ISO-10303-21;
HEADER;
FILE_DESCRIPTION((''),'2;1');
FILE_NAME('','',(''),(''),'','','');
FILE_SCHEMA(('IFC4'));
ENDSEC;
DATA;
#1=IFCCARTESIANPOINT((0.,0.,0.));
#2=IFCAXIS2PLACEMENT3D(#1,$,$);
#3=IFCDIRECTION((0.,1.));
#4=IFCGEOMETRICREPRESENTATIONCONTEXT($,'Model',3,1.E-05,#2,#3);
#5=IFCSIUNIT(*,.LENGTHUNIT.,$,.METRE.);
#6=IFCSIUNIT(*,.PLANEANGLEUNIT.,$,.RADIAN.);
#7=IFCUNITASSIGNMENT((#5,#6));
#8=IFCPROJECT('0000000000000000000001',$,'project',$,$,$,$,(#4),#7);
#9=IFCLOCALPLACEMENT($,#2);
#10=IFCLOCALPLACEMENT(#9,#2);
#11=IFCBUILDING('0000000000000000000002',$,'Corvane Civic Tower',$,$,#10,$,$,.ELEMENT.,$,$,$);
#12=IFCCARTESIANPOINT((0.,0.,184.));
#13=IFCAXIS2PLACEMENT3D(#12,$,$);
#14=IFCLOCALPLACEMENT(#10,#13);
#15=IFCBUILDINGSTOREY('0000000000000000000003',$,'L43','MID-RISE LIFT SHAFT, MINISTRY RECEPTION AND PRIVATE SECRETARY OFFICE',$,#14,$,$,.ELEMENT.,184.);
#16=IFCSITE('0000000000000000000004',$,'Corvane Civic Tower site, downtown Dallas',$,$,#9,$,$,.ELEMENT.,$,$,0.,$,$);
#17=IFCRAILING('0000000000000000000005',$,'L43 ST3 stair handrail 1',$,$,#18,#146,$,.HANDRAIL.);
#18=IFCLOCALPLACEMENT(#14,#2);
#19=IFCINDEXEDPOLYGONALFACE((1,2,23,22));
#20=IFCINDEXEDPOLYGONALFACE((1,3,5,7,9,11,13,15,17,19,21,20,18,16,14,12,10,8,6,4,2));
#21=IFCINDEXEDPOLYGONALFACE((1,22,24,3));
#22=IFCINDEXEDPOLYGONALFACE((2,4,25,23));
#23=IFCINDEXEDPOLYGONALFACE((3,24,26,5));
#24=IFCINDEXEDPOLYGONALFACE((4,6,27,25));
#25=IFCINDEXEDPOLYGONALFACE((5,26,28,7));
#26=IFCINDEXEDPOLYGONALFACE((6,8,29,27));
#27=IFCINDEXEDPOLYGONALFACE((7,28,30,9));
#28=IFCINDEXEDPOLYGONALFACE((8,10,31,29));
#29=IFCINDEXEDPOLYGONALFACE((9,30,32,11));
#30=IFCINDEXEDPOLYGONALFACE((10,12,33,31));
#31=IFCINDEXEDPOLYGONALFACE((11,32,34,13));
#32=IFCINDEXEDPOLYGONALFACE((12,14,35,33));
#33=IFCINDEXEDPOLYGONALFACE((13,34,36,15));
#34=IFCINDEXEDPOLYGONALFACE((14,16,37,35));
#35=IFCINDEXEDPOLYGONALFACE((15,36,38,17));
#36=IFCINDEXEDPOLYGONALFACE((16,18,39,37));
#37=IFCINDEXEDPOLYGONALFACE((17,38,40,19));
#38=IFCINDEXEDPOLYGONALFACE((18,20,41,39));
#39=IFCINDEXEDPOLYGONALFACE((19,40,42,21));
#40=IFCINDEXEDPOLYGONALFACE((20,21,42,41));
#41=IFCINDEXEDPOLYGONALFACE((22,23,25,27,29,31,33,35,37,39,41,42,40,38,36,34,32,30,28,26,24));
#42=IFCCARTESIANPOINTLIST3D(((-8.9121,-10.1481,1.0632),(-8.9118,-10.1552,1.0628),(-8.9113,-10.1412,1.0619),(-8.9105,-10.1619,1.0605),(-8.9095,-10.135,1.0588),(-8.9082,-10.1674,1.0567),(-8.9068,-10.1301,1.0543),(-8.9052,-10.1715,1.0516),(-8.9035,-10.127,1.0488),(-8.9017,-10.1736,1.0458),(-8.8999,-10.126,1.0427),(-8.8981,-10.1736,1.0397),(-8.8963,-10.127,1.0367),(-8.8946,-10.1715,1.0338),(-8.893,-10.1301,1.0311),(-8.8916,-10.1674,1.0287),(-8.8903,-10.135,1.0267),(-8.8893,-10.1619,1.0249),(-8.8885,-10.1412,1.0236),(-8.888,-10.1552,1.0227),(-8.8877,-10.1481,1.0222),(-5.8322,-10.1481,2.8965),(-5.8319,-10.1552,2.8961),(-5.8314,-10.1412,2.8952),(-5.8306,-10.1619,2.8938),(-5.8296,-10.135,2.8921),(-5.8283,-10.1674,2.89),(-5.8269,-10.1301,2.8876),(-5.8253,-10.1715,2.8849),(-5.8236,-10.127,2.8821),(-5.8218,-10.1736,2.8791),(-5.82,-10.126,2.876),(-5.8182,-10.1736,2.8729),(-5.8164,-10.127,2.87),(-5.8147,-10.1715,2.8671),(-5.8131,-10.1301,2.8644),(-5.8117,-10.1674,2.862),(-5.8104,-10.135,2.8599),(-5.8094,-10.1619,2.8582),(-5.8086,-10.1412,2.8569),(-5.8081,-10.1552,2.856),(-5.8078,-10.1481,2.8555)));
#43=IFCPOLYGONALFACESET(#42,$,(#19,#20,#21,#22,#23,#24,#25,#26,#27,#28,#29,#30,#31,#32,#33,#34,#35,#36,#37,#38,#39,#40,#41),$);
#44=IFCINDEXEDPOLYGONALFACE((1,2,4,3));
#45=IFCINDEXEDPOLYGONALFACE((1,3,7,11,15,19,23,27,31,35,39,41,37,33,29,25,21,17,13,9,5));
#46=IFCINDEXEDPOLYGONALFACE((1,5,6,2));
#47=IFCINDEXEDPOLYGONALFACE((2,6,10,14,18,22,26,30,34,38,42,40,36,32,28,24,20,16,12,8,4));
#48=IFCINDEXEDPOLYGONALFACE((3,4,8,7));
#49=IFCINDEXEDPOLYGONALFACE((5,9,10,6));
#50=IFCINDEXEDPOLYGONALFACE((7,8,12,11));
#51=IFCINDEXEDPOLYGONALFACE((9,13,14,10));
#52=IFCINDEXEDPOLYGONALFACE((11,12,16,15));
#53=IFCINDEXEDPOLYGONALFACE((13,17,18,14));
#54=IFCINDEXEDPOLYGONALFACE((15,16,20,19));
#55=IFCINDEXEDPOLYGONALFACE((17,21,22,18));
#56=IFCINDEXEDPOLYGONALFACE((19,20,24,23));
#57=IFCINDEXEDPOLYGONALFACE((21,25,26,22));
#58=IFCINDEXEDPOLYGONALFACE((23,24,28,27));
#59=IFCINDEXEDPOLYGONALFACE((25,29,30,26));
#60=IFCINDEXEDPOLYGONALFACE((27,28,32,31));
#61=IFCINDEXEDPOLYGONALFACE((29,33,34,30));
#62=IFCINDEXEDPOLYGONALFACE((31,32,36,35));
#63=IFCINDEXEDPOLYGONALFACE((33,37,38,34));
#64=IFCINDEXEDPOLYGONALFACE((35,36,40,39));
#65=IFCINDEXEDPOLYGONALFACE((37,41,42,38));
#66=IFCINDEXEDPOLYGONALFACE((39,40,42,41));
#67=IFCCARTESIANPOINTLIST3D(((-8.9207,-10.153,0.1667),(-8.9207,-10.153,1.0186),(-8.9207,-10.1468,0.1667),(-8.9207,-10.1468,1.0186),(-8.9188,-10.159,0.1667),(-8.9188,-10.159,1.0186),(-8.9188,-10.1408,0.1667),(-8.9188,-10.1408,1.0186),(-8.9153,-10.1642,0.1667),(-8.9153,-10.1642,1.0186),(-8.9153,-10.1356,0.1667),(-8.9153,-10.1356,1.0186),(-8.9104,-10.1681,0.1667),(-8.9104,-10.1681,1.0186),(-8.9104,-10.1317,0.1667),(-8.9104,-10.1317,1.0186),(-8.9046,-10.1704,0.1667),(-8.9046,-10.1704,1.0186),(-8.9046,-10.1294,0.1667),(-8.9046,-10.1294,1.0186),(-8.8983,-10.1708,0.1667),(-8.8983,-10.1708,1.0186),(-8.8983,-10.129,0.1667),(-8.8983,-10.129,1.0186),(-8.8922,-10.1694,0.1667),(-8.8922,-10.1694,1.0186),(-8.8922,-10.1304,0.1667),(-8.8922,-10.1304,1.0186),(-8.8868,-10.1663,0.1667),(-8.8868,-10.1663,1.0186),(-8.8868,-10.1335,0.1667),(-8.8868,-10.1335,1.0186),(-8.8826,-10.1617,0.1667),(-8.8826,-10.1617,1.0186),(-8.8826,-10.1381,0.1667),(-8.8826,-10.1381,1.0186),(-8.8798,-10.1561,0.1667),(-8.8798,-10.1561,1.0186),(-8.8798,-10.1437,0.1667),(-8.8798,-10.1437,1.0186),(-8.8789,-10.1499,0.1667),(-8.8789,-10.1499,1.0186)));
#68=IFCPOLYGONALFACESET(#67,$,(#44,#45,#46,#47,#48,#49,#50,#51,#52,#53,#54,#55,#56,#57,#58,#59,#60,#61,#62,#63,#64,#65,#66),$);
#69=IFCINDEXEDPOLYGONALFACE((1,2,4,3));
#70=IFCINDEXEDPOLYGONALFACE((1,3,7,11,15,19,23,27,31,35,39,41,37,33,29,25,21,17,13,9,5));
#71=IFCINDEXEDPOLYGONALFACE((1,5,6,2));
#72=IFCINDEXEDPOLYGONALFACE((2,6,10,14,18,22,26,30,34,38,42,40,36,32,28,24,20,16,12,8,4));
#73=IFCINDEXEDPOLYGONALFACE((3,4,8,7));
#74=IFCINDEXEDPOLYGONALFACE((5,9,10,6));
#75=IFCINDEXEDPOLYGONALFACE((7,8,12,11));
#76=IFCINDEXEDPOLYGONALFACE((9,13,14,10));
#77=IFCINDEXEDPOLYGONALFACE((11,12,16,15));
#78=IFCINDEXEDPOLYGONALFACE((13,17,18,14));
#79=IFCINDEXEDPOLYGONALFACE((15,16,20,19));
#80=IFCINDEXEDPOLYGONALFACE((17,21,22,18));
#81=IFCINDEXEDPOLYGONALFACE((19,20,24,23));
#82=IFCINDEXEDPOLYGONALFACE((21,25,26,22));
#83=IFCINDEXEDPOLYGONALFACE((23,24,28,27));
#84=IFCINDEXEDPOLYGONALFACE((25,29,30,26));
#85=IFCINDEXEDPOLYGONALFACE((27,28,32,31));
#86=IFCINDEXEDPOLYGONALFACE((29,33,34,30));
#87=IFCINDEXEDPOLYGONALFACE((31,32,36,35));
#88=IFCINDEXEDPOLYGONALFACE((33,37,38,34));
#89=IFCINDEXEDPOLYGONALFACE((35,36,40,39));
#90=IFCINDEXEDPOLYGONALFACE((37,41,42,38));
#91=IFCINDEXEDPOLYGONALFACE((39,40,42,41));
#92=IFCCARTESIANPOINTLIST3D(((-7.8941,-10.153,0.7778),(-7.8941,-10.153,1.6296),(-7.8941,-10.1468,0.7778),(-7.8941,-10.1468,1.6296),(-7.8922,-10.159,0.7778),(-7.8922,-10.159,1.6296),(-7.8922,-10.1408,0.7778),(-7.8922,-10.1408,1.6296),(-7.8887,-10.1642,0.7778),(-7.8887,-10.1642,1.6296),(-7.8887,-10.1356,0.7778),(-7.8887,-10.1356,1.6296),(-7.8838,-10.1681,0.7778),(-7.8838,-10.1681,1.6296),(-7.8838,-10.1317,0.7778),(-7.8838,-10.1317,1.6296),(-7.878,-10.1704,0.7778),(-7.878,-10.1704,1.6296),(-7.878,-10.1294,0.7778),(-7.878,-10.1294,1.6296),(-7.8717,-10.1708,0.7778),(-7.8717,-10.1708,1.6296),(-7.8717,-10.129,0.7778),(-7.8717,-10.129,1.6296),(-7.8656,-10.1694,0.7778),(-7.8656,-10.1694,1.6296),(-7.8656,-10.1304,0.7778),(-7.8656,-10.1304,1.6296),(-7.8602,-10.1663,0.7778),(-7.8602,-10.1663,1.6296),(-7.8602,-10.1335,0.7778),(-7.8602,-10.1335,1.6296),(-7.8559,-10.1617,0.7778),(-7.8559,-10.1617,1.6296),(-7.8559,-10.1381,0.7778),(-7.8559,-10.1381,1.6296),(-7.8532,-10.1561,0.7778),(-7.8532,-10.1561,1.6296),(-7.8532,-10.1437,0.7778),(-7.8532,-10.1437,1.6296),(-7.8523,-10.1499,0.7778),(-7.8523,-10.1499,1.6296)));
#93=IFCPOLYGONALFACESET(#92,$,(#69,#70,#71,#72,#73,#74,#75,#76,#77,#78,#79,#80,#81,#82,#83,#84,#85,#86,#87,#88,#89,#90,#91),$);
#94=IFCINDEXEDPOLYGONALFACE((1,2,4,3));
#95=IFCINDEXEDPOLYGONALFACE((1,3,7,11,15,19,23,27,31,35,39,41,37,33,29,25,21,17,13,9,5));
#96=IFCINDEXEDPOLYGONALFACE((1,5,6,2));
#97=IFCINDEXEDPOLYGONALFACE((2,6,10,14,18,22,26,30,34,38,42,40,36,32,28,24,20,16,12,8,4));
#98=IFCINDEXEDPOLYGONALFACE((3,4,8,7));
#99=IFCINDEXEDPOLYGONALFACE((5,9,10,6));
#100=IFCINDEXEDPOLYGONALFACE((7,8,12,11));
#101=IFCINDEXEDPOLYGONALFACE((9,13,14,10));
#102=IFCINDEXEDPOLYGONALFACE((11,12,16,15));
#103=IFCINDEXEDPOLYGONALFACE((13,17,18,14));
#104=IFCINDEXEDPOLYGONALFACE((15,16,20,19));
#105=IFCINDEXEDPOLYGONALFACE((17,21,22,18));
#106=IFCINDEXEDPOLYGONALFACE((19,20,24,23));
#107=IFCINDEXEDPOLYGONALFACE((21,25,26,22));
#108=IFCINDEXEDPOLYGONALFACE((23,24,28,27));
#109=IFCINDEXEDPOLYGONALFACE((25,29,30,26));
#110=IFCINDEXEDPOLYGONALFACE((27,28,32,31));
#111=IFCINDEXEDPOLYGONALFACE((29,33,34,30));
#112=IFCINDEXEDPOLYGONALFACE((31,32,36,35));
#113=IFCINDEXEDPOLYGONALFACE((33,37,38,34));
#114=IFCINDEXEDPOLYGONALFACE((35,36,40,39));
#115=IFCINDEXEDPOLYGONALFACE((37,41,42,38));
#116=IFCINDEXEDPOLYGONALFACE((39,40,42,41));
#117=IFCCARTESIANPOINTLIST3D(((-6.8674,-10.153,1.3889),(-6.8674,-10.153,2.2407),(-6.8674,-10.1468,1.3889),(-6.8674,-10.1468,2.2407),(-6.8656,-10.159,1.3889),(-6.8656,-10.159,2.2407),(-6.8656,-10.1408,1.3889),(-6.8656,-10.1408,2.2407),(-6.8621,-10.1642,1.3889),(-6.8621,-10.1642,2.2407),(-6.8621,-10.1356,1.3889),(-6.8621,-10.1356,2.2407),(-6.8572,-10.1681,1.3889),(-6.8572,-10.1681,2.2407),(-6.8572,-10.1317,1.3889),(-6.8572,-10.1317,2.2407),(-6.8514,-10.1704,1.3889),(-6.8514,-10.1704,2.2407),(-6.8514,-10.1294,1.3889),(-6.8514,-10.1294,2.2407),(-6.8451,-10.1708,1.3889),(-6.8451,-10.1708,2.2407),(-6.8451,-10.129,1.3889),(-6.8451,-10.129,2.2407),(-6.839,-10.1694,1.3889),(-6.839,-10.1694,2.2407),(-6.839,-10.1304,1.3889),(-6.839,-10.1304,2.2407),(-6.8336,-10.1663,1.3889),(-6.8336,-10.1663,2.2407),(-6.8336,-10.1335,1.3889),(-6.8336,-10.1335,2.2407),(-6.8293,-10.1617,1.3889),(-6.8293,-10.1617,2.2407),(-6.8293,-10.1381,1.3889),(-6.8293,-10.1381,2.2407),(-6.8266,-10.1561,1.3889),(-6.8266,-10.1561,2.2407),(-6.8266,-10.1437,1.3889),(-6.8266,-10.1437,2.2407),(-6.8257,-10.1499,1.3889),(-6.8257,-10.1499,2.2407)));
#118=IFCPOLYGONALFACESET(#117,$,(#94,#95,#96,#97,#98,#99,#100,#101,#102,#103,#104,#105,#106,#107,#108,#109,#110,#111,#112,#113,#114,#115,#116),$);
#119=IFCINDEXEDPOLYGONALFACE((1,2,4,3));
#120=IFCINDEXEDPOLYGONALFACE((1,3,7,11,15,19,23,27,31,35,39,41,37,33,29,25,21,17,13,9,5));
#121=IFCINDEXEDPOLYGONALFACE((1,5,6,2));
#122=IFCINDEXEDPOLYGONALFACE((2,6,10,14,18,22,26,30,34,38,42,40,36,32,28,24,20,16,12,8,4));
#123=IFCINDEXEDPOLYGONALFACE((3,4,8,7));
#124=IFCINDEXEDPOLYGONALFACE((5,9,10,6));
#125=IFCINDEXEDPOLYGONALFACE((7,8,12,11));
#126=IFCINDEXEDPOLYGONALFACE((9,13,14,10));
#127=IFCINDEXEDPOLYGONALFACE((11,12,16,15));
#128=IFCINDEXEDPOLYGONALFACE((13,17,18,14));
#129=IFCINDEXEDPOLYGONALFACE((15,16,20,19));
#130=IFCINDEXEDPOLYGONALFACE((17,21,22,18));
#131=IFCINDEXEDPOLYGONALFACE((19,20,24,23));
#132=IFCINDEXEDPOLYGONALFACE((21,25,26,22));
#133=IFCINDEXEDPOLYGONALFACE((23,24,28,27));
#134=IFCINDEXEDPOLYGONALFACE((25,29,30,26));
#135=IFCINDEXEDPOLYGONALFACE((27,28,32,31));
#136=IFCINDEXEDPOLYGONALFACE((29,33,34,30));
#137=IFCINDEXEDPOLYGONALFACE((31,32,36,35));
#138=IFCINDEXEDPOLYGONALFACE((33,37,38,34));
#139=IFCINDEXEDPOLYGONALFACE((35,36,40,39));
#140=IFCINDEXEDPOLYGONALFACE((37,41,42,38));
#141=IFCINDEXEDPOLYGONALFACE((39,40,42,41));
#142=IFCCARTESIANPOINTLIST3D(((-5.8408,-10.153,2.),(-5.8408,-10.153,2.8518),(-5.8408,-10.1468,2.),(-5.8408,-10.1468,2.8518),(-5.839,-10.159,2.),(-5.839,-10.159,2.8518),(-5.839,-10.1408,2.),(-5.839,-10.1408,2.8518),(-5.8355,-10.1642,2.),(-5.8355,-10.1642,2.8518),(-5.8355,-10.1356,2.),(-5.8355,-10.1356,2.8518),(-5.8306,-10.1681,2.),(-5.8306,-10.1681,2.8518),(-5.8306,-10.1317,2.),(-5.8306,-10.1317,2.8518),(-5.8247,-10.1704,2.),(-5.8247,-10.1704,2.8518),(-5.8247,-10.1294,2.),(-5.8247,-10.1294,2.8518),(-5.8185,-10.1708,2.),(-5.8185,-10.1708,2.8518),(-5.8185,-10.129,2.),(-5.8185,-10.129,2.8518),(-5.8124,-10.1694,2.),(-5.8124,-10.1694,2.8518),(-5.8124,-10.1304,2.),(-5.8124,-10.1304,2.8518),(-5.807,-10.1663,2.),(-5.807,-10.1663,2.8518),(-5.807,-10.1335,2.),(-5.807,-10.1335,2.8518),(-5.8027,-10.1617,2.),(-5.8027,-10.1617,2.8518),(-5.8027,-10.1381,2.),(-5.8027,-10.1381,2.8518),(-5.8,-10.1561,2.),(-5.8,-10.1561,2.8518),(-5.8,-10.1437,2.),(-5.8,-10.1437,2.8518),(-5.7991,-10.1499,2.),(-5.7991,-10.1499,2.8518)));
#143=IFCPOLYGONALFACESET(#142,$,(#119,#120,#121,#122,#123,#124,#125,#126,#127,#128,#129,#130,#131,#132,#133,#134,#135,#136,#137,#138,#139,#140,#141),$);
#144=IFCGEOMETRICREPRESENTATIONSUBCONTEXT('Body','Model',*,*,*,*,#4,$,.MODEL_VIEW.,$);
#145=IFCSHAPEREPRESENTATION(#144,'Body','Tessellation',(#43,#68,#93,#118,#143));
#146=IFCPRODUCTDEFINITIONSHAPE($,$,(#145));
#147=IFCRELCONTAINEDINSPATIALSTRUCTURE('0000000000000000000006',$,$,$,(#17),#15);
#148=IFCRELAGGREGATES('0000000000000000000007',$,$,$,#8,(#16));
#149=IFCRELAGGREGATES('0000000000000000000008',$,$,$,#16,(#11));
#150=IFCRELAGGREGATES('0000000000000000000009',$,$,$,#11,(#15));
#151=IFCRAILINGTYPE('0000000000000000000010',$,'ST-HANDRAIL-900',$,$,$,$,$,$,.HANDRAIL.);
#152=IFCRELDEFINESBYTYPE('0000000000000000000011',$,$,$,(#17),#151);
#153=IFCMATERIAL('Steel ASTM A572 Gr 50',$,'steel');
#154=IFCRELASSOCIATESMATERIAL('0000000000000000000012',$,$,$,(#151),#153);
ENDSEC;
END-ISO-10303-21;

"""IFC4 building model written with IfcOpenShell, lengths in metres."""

from ifc_helpers import new_model, si_unit, direction, frame, origin, origin_2d, place, context, subcontext, project, spatial, circle, extrude, material, type_object, element, save


model = new_model("IFC4")

# Units and contexts
model_context = context("Model", 3, precision=1e-05, world=origin(), true_north=direction((0.0, 1.0)))
body_context = subcontext(model_context, "Body", "Model", "MODEL_VIEW")
ifc_project = project(units=[si_unit("LENGTHUNIT", "METRE"), si_unit("PLANEANGLEUNIT", "RADIAN")], contexts=[model_context])

# Site, building, storey
site_placement = place(None, origin())
site = spatial("IfcSite", under=ifc_project, at=site_placement, Name="Corvane Civic Tower site, downtown Dallas", CompositionType="ELEMENT", RefElevation=0.0)
building_placement = place(site_placement, origin())
building = spatial("IfcBuilding", under=site, at=building_placement, Name="Corvane Civic Tower", CompositionType="ELEMENT")
storey_placement = place(building_placement, frame((0.0, 0.0, 184.0)))
storey = spatial("IfcBuildingStorey", under=building, at=storey_placement, Name="L43", Description="MID-RISE LIFT SHAFT, MINISTRY RECEPTION AND PRIVATE SECRETARY OFFICE", CompositionType="ELEMENT", Elevation=184.0)

# Railing
ifc_material_1 = material(Name="Steel ASTM A572 Gr 50", Category="steel")
railing_type_1 = type_object("IfcRailingType", Name="ST-HANDRAIL-900", PredefinedType="HANDRAIL", material=ifc_material_1)
railing_1_placement = place(storey_placement, frame((-8.8999, -10.1499, 0.1667)))
element("IfcRailing", 1, at=railing_1_placement, inside=storey, type_object=railing_type_1, Name="L43 ST3 stair handrail 1", PredefinedType="HANDRAIL", context=body_context, shape_type="SweptSolid", body=[
    extrude(circle(Radius=0.0239, at=origin_2d()), frame((0.0, 0.0, 0.876), z_axis=(0.859291, 0.0, 0.511487), x_axis=(0.0, 1.0, 0.0)), (0.0, 0.0, 1.0), 3.5842),
    extrude(circle(Radius=0.021, at=origin_2d()), origin(), (0.0, 0.0, 1.0), 0.8518),
    extrude(circle(Radius=0.021, at=origin_2d()), frame((1.0266, 0.0, 0.6111)), (0.0, 0.0, 1.0), 0.8518),
    extrude(circle(Radius=0.021, at=origin_2d()), frame((2.0532, 0.0, 1.2222)), (0.0, 0.0, 1.0), 0.8518),
    extrude(circle(Radius=0.021, at=origin_2d()), frame((3.0798, 0.0, 1.8333)), (0.0, 0.0, 1.0), 0.8518),
])

save(model, "model.ifc")
